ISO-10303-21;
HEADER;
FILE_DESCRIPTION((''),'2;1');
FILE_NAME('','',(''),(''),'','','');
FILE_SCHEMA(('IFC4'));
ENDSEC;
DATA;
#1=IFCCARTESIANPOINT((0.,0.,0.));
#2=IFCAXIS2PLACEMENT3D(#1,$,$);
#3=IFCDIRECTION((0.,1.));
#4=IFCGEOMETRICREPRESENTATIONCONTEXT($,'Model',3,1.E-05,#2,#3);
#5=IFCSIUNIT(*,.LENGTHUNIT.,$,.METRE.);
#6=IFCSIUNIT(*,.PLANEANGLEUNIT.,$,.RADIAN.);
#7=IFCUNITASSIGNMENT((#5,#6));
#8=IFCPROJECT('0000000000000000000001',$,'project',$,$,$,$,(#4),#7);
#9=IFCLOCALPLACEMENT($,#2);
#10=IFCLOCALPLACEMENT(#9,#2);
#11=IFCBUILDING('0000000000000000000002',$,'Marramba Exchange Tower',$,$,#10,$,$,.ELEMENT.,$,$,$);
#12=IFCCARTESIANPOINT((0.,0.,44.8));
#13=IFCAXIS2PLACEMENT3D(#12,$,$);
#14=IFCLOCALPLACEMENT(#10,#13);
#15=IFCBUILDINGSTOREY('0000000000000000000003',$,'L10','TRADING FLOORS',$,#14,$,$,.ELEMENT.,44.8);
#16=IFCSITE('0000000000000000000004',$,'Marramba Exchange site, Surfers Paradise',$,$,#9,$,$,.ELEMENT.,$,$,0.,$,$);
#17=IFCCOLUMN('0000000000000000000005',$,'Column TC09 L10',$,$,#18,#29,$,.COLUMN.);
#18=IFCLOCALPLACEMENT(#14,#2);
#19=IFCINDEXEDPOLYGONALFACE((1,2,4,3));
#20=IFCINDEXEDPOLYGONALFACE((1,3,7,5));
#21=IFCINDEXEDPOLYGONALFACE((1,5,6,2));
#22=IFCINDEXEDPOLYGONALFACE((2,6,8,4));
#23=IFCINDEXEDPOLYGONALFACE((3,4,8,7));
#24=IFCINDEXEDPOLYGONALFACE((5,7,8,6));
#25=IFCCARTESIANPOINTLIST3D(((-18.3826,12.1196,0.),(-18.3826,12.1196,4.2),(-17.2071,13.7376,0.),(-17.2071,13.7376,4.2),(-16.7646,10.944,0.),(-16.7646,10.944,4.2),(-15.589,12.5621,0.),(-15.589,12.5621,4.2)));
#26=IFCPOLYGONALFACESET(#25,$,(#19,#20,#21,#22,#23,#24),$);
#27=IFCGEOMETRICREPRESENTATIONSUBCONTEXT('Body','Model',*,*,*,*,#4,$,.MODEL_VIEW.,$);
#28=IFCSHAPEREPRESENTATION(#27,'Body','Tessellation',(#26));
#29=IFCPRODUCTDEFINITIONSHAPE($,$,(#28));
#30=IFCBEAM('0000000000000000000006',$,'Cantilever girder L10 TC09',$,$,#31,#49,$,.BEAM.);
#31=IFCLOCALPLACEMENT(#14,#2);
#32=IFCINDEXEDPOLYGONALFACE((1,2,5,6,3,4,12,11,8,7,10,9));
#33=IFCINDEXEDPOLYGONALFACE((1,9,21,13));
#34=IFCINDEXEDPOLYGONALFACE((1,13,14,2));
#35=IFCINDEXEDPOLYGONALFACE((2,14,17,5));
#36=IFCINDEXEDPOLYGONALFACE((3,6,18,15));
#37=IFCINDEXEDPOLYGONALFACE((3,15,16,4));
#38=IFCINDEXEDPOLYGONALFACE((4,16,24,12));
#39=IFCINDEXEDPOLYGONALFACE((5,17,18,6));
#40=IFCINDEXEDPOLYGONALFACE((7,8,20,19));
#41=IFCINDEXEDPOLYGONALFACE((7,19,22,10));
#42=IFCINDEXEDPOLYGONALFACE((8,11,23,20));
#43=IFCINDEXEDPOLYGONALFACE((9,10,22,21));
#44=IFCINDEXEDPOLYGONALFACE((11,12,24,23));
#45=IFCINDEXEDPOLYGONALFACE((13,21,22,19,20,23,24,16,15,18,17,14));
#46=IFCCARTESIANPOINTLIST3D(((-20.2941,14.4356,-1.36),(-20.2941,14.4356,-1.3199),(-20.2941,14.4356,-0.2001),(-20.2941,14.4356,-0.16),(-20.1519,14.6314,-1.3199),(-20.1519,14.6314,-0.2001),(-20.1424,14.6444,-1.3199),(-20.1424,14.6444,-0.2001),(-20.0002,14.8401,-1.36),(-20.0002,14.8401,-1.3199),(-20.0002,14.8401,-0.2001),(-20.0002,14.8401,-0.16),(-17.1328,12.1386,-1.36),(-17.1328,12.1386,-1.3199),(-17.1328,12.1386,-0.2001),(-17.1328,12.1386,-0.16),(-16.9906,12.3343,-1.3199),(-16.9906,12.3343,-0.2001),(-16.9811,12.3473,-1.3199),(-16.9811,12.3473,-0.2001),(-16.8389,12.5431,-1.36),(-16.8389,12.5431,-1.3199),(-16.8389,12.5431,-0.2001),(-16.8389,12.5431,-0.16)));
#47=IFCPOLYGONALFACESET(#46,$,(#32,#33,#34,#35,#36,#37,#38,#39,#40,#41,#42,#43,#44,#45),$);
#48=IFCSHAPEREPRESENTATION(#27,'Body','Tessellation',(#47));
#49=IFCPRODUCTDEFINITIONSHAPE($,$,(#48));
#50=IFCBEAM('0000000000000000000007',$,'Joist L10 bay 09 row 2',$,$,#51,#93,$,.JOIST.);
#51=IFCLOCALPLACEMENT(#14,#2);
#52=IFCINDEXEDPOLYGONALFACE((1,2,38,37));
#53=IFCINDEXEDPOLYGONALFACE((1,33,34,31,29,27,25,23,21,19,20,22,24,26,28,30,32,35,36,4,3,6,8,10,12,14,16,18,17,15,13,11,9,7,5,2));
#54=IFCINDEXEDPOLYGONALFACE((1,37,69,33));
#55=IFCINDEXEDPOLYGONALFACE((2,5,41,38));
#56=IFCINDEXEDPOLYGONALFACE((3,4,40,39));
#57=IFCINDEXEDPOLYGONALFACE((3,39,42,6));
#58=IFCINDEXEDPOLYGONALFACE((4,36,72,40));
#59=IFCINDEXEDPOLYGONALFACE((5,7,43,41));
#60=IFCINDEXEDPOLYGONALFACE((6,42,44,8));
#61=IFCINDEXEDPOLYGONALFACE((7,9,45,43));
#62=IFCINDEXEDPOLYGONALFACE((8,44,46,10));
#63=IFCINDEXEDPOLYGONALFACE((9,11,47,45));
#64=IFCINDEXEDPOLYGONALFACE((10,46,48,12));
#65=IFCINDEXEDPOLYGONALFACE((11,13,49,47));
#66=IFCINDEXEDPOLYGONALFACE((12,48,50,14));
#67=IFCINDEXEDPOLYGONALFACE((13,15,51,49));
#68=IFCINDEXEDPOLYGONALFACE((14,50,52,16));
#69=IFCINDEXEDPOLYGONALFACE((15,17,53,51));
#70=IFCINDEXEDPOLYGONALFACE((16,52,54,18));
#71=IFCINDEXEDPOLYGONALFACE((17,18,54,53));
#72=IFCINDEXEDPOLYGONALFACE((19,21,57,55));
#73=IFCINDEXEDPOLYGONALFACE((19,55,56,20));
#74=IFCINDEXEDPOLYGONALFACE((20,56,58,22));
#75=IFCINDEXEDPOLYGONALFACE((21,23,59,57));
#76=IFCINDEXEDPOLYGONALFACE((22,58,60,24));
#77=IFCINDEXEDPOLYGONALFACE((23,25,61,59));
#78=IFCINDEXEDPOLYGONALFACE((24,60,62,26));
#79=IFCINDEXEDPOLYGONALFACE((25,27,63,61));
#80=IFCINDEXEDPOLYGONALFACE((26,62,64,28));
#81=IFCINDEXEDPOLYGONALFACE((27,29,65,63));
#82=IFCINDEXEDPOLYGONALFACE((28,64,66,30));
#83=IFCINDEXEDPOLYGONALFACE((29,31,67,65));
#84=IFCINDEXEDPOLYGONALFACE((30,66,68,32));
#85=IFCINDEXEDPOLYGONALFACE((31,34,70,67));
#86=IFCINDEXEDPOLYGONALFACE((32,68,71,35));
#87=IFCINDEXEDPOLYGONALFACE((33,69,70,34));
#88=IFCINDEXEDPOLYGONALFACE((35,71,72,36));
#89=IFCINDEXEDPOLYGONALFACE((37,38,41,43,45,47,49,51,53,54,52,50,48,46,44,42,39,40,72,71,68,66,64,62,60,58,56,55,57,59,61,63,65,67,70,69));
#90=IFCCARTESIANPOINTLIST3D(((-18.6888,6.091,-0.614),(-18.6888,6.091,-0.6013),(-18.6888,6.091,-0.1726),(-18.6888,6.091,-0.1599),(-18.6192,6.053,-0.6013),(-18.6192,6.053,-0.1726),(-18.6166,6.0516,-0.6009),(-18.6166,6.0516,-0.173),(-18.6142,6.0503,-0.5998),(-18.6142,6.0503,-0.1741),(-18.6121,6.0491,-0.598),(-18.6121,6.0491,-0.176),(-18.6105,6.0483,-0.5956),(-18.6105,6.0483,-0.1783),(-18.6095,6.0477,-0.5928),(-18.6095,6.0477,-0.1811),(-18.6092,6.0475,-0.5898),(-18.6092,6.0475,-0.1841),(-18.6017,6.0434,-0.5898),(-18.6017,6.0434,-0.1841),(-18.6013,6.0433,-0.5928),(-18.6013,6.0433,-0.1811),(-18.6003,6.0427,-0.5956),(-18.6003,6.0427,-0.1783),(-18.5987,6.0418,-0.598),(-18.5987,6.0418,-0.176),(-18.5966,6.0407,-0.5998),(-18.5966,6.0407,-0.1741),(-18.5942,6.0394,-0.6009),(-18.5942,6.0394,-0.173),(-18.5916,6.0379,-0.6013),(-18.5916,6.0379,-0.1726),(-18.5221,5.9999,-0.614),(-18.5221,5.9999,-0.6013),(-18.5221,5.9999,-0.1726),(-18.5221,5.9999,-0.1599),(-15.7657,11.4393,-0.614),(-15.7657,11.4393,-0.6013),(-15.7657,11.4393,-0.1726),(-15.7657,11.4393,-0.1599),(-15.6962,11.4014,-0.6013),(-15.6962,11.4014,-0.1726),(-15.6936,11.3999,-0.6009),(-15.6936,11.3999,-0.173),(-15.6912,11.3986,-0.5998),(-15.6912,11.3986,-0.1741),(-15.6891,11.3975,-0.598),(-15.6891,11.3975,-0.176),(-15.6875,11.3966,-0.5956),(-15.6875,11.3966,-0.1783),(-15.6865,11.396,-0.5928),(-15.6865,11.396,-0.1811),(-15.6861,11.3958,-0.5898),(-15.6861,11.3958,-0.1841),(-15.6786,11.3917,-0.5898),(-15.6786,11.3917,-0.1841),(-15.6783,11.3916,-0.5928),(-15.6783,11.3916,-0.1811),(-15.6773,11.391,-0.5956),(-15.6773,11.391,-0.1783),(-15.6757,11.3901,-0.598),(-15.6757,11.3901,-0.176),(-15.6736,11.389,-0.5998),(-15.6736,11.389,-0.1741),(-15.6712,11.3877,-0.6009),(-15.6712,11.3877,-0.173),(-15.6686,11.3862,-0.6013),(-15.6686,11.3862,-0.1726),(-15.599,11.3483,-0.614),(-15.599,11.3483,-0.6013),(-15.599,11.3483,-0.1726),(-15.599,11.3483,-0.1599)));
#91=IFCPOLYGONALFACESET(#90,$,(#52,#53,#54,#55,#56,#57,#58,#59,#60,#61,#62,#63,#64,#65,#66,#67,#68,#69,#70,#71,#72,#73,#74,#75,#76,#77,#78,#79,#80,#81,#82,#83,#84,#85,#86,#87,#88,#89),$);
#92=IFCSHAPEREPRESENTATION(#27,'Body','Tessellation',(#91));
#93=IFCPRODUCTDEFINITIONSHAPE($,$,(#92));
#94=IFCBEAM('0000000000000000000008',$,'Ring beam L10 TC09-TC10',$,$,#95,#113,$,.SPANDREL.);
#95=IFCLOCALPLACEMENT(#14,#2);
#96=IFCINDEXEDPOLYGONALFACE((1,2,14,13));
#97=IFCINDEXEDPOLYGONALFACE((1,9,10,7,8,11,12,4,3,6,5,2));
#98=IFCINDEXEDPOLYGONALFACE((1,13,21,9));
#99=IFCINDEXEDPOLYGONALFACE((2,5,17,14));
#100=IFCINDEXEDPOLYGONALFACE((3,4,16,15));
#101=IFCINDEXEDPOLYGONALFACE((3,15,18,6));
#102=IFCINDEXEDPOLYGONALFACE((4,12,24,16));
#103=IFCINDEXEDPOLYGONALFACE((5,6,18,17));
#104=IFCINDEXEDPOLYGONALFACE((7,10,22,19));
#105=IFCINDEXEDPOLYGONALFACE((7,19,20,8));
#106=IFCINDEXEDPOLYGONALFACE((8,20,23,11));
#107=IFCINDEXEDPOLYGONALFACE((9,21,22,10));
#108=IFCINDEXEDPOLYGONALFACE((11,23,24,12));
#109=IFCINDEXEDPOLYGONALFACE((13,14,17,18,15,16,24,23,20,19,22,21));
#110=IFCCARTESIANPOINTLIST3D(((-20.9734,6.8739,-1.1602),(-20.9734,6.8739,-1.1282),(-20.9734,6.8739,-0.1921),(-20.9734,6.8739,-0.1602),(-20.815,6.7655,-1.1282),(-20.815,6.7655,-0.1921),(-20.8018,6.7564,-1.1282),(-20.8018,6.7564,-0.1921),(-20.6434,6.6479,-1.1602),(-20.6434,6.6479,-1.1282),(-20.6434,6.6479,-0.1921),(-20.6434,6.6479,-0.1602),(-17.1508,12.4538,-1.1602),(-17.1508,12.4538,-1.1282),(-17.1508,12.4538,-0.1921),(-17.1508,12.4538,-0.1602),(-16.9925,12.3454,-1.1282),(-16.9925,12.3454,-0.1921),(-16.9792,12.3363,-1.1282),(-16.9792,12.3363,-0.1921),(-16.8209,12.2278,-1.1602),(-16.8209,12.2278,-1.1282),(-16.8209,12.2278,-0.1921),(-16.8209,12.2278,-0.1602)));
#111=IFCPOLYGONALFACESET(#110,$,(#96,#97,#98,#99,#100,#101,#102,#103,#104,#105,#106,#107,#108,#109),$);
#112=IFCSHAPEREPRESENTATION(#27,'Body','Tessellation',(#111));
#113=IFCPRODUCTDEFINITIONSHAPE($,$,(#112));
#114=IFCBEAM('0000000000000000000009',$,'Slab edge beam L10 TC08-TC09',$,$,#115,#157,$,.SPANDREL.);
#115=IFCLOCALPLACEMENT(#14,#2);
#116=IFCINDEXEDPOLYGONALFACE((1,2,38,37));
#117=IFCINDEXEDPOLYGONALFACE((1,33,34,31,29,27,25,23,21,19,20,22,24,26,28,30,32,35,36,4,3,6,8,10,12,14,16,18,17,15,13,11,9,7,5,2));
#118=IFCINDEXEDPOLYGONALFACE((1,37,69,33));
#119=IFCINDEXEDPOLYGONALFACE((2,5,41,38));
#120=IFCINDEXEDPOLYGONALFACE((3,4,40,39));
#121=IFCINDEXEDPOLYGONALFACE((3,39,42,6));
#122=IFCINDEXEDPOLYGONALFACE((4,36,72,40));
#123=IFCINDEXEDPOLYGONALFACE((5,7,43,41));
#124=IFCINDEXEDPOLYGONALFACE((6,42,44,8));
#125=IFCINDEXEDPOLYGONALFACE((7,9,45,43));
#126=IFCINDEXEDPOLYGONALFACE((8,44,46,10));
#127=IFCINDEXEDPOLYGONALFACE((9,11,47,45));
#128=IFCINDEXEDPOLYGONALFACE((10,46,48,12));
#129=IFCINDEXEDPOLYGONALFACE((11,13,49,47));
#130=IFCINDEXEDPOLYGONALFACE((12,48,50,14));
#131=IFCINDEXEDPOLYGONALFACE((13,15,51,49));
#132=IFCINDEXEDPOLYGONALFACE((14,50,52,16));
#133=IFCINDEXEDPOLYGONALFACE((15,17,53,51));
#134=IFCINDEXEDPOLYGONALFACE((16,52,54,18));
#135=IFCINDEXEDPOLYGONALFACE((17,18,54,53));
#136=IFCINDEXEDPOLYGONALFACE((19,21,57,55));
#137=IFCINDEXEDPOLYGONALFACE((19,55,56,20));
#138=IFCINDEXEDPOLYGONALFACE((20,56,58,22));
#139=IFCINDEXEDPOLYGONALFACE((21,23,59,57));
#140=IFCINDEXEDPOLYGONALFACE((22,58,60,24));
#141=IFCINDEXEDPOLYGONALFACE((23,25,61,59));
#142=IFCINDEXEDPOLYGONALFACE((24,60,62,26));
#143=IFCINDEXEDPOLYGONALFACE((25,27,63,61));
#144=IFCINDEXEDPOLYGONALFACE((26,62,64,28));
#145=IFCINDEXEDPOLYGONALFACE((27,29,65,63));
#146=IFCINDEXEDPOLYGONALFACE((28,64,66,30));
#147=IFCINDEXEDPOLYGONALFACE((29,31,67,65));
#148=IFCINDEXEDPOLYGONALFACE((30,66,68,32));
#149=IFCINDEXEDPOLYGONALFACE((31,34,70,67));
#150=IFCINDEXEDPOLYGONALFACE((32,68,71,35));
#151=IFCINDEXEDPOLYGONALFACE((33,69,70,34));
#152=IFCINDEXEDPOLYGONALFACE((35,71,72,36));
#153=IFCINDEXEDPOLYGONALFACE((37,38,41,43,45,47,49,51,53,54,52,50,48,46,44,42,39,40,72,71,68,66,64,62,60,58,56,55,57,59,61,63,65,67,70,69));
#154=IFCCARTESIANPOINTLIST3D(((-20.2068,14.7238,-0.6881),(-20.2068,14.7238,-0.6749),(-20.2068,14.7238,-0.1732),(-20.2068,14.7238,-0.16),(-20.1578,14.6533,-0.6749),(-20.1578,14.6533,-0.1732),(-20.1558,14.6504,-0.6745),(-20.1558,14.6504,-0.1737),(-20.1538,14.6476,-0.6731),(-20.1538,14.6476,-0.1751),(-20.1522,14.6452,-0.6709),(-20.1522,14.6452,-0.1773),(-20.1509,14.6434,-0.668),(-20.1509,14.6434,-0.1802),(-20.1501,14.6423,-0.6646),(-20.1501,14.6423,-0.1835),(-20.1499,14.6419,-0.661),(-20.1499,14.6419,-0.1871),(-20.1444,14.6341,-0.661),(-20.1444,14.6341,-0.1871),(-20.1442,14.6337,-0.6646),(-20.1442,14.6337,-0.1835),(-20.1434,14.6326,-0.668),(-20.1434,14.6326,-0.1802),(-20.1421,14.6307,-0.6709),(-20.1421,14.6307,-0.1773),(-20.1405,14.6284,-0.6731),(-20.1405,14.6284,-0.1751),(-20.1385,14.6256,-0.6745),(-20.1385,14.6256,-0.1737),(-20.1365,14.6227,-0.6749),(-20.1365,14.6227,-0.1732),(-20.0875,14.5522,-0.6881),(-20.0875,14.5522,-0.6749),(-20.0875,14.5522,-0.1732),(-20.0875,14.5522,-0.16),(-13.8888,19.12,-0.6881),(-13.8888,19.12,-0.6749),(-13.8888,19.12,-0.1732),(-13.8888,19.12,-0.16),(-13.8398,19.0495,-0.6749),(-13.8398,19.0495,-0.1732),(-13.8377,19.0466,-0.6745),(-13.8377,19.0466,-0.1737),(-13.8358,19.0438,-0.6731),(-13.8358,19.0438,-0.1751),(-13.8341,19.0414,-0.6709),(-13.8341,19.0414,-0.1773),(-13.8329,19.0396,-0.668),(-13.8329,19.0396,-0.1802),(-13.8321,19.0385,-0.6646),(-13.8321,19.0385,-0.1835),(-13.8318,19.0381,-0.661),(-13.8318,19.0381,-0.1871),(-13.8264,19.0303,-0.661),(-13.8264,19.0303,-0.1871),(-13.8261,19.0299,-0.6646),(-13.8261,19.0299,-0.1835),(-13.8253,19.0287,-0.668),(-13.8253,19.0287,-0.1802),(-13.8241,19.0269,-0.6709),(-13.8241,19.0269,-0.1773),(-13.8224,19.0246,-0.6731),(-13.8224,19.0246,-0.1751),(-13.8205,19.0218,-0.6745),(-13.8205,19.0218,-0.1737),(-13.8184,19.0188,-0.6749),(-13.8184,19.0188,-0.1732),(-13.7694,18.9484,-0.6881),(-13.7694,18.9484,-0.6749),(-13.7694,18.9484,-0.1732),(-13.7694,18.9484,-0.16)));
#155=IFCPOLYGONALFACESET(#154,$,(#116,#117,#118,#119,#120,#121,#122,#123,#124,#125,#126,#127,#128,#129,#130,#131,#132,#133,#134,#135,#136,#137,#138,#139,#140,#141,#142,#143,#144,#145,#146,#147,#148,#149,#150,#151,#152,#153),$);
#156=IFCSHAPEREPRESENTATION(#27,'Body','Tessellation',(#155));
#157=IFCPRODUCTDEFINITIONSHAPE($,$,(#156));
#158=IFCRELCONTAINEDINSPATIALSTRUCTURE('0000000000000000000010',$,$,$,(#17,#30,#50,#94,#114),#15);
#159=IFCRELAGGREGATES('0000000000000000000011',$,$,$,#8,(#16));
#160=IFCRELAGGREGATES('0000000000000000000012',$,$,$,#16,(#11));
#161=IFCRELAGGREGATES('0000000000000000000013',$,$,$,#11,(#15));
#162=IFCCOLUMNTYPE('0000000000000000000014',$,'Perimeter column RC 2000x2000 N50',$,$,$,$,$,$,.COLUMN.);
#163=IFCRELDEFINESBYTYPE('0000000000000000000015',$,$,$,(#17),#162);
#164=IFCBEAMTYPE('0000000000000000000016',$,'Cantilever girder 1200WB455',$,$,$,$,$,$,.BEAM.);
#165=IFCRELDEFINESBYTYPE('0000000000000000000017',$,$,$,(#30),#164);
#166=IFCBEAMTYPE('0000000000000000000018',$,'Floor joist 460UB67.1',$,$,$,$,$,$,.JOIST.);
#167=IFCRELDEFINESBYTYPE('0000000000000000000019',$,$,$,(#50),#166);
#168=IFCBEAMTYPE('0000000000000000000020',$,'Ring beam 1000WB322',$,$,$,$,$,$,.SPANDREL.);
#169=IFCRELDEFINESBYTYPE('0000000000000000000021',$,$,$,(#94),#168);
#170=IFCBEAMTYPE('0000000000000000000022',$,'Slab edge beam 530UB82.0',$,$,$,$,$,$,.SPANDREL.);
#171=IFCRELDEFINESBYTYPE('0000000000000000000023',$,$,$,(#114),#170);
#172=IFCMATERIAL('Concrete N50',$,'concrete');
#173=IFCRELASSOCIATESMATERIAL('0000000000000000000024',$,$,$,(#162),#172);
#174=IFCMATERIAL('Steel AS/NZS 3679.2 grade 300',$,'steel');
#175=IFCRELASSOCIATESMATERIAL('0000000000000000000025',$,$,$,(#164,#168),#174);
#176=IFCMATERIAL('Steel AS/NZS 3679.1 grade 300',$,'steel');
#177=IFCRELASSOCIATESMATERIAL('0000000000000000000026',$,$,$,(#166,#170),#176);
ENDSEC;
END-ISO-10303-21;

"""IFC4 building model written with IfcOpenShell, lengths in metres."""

from ifc_helpers import new_model, si_unit, direction, frame, origin, origin_2d, place, context, subcontext, project, spatial, rectangle, i_section, extrude, material, material_profile, profile_set, type_object, element, save


model = new_model("IFC4")

# Units and contexts
model_context = context("Model", 3, precision=1e-05, world=origin(), true_north=direction((0.0, 1.0)))
body_context = subcontext(model_context, "Body", "Model", "MODEL_VIEW")
ifc_project = project(units=[si_unit("LENGTHUNIT", "METRE"), si_unit("PLANEANGLEUNIT", "RADIAN")], contexts=[model_context])

# Site, building, storey
site_placement = place(None, origin())
site = spatial("IfcSite", under=ifc_project, at=site_placement, Name="Marramba Exchange site, Surfers Paradise", CompositionType="ELEMENT", RefElevation=0.0)
building_placement = place(site_placement, origin())
building = spatial("IfcBuilding", under=site, at=building_placement, Name="Marramba Exchange Tower", CompositionType="ELEMENT")
storey_placement = place(building_placement, frame((0.0, 0.0, 44.8)))
storey = spatial("IfcBuildingStorey", under=building, at=storey_placement, Name="L10", Description="TRADING FLOORS", CompositionType="ELEMENT", Elevation=44.8)

# Column
ifc_material_1 = material(Name="Concrete N50", Category="concrete")
ifc_material_profile_1 = material_profile(ifc_material_1, rectangle(XDim=2.0, YDim=2.0, at=origin_2d()), Name="RC 2000x2000")
ifc_profile_set_1 = profile_set([ifc_material_profile_1], Name="Concrete N50")
column_type = type_object("IfcColumnType", Name="Perimeter column RC 2000x2000 N50", PredefinedType="COLUMN", material=ifc_profile_set_1)
column_placement = place(storey_placement, frame((-16.9858, 12.3408, 0.0), z_axis=(0.0, 0.0, 1.0), x_axis=(-0.809017, 0.587785, 0.0)))
element("IfcColumn", 1, at=column_placement, inside=storey, type_object=column_type, Name="Column TC09 L10", PredefinedType="COLUMN", context=body_context, shape_type="SweptSolid", body=[
    extrude(rectangle(XDim=2.0, YDim=2.0, at=origin_2d()), origin(), (0.0, 0.0, 1.0), 4.2),
])

# Beams
ifc_material_2 = material(Name="Steel AS/NZS 3679.2 grade 300", Category="steel")
ifc_material_profile_2 = material_profile(ifc_material_2, i_section(OverallWidth=0.5, OverallDepth=1.2, WebThickness=0.0161, FlangeThickness=0.04, at=origin_2d()), Name="1200WB455")
ifc_profile_set_2 = profile_set([ifc_material_profile_2], Name="Steel AS/NZS 3679.2 grade 300")
beam_type_1 = type_object("IfcBeamType", Name="Cantilever girder 1200WB455", PredefinedType="BEAM", material=ifc_profile_set_2)
beam_1_placement = place(storey_placement, frame((-16.9858, 12.3408, -0.76), z_axis=(-0.808987, 0.587826, 0.0), x_axis=(-0.587826, -0.808987, 0.0)))
element("IfcBeam", 2, at=beam_1_placement, inside=storey, type_object=beam_type_1, Name="Cantilever girder L10 TC09", PredefinedType="BEAM", context=body_context, shape_type="SweptSolid", body=[
    extrude(i_section(OverallWidth=0.5, OverallDepth=1.2, WebThickness=0.0161, FlangeThickness=0.04, at=origin_2d()), origin(), (0.0, 0.0, 1.0), 3.9077),
])
ifc_material_3 = material(Name="Steel AS/NZS 3679.1 grade 300", Category="steel")
ifc_material_profile_3 = material_profile(ifc_material_3, i_section(OverallWidth=0.1899, OverallDepth=0.4541, WebThickness=0.0085, FlangeThickness=0.0127, FilletRadius=0.0115, at=origin_2d()), Name="460UB67.1")
ifc_profile_set_3 = profile_set([ifc_material_profile_3], Name="Steel AS/NZS 3679.1 grade 300")
beam_type_2 = type_object("IfcBeamType", Name="Floor joist 460UB67.1", PredefinedType="JOIST", material=ifc_profile_set_3)
beam_2_placement = place(storey_placement, frame((-15.6824, 11.3938, -0.387), z_axis=(-0.479584, -0.877496, 0.0), x_axis=(0.877496, -0.479584, 0.0)))
element("IfcBeam", 3, at=beam_2_placement, inside=storey, type_object=beam_type_2, Name="Joist L10 bay 09 row 2", PredefinedType="JOIST", context=body_context, shape_type="SweptSolid", body=[
    extrude(i_section(OverallWidth=0.1899, OverallDepth=0.4541, WebThickness=0.0085, FlangeThickness=0.0127, FilletRadius=0.0115, at=origin_2d()), origin(), (0.0, 0.0, 1.0), 6.095),
])
ifc_material_profile_4 = material_profile(ifc_material_2, i_section(OverallWidth=0.3999, OverallDepth=1.0, WebThickness=0.0161, FlangeThickness=0.032, at=origin_2d()), Name="1000WB322")
ifc_profile_set_4 = profile_set([ifc_material_profile_4], Name="Steel AS/NZS 3679.2 grade 300")
beam_type_3 = type_object("IfcBeamType", Name="Ring beam 1000WB322", PredefinedType="SPANDREL", material=ifc_profile_set_4)
beam_3_placement = place(storey_placement, frame((-16.9858, 12.3408, -0.6602), z_axis=(-0.56516, -0.824981, 0.0), x_axis=(0.824981, -0.56516, 0.0)))
element("IfcBeam", 4, at=beam_3_placement, inside=storey, type_object=beam_type_3, Name="Ring beam L10 TC09-TC10", PredefinedType="SPANDREL", context=body_context, shape_type="SweptSolid", body=[
    extrude(i_section(OverallWidth=0.3999, OverallDepth=1.0, WebThickness=0.0161, FlangeThickness=0.032, at=origin_2d()), origin(), (0.0, 0.0, 1.0), 6.7637),
])
ifc_material_profile_5 = material_profile(ifc_material_3, i_section(OverallWidth=0.209, OverallDepth=0.5281, WebThickness=0.0095, FlangeThickness=0.0132, FilletRadius=0.0139, at=origin_2d()), Name="530UB82.0")
ifc_profile_set_5 = profile_set([ifc_material_profile_5], Name="Steel AS/NZS 3679.1 grade 300")
beam_type_4 = type_object("IfcBeamType", Name="Slab edge beam 530UB82.0", PredefinedType="SPANDREL", material=ifc_profile_set_5)
beam_4_placement = place(storey_placement, frame((-13.8291, 19.0342, -0.4241), z_axis=(-0.820842, -0.571155, 0.0), x_axis=(0.571155, -0.820842, 0.0)))
element("IfcBeam", 5, at=beam_4_placement, inside=storey, type_object=beam_type_4, Name="Slab edge beam L10 TC08-TC09", PredefinedType="SPANDREL", context=body_context, shape_type="SweptSolid", body=[
    extrude(i_section(OverallWidth=0.209, OverallDepth=0.5281, WebThickness=0.0095, FlangeThickness=0.0132, FilletRadius=0.0139, at=origin_2d()), origin(), (0.0, 0.0, 1.0), 7.697),
])

save(model, "model.ifc")
